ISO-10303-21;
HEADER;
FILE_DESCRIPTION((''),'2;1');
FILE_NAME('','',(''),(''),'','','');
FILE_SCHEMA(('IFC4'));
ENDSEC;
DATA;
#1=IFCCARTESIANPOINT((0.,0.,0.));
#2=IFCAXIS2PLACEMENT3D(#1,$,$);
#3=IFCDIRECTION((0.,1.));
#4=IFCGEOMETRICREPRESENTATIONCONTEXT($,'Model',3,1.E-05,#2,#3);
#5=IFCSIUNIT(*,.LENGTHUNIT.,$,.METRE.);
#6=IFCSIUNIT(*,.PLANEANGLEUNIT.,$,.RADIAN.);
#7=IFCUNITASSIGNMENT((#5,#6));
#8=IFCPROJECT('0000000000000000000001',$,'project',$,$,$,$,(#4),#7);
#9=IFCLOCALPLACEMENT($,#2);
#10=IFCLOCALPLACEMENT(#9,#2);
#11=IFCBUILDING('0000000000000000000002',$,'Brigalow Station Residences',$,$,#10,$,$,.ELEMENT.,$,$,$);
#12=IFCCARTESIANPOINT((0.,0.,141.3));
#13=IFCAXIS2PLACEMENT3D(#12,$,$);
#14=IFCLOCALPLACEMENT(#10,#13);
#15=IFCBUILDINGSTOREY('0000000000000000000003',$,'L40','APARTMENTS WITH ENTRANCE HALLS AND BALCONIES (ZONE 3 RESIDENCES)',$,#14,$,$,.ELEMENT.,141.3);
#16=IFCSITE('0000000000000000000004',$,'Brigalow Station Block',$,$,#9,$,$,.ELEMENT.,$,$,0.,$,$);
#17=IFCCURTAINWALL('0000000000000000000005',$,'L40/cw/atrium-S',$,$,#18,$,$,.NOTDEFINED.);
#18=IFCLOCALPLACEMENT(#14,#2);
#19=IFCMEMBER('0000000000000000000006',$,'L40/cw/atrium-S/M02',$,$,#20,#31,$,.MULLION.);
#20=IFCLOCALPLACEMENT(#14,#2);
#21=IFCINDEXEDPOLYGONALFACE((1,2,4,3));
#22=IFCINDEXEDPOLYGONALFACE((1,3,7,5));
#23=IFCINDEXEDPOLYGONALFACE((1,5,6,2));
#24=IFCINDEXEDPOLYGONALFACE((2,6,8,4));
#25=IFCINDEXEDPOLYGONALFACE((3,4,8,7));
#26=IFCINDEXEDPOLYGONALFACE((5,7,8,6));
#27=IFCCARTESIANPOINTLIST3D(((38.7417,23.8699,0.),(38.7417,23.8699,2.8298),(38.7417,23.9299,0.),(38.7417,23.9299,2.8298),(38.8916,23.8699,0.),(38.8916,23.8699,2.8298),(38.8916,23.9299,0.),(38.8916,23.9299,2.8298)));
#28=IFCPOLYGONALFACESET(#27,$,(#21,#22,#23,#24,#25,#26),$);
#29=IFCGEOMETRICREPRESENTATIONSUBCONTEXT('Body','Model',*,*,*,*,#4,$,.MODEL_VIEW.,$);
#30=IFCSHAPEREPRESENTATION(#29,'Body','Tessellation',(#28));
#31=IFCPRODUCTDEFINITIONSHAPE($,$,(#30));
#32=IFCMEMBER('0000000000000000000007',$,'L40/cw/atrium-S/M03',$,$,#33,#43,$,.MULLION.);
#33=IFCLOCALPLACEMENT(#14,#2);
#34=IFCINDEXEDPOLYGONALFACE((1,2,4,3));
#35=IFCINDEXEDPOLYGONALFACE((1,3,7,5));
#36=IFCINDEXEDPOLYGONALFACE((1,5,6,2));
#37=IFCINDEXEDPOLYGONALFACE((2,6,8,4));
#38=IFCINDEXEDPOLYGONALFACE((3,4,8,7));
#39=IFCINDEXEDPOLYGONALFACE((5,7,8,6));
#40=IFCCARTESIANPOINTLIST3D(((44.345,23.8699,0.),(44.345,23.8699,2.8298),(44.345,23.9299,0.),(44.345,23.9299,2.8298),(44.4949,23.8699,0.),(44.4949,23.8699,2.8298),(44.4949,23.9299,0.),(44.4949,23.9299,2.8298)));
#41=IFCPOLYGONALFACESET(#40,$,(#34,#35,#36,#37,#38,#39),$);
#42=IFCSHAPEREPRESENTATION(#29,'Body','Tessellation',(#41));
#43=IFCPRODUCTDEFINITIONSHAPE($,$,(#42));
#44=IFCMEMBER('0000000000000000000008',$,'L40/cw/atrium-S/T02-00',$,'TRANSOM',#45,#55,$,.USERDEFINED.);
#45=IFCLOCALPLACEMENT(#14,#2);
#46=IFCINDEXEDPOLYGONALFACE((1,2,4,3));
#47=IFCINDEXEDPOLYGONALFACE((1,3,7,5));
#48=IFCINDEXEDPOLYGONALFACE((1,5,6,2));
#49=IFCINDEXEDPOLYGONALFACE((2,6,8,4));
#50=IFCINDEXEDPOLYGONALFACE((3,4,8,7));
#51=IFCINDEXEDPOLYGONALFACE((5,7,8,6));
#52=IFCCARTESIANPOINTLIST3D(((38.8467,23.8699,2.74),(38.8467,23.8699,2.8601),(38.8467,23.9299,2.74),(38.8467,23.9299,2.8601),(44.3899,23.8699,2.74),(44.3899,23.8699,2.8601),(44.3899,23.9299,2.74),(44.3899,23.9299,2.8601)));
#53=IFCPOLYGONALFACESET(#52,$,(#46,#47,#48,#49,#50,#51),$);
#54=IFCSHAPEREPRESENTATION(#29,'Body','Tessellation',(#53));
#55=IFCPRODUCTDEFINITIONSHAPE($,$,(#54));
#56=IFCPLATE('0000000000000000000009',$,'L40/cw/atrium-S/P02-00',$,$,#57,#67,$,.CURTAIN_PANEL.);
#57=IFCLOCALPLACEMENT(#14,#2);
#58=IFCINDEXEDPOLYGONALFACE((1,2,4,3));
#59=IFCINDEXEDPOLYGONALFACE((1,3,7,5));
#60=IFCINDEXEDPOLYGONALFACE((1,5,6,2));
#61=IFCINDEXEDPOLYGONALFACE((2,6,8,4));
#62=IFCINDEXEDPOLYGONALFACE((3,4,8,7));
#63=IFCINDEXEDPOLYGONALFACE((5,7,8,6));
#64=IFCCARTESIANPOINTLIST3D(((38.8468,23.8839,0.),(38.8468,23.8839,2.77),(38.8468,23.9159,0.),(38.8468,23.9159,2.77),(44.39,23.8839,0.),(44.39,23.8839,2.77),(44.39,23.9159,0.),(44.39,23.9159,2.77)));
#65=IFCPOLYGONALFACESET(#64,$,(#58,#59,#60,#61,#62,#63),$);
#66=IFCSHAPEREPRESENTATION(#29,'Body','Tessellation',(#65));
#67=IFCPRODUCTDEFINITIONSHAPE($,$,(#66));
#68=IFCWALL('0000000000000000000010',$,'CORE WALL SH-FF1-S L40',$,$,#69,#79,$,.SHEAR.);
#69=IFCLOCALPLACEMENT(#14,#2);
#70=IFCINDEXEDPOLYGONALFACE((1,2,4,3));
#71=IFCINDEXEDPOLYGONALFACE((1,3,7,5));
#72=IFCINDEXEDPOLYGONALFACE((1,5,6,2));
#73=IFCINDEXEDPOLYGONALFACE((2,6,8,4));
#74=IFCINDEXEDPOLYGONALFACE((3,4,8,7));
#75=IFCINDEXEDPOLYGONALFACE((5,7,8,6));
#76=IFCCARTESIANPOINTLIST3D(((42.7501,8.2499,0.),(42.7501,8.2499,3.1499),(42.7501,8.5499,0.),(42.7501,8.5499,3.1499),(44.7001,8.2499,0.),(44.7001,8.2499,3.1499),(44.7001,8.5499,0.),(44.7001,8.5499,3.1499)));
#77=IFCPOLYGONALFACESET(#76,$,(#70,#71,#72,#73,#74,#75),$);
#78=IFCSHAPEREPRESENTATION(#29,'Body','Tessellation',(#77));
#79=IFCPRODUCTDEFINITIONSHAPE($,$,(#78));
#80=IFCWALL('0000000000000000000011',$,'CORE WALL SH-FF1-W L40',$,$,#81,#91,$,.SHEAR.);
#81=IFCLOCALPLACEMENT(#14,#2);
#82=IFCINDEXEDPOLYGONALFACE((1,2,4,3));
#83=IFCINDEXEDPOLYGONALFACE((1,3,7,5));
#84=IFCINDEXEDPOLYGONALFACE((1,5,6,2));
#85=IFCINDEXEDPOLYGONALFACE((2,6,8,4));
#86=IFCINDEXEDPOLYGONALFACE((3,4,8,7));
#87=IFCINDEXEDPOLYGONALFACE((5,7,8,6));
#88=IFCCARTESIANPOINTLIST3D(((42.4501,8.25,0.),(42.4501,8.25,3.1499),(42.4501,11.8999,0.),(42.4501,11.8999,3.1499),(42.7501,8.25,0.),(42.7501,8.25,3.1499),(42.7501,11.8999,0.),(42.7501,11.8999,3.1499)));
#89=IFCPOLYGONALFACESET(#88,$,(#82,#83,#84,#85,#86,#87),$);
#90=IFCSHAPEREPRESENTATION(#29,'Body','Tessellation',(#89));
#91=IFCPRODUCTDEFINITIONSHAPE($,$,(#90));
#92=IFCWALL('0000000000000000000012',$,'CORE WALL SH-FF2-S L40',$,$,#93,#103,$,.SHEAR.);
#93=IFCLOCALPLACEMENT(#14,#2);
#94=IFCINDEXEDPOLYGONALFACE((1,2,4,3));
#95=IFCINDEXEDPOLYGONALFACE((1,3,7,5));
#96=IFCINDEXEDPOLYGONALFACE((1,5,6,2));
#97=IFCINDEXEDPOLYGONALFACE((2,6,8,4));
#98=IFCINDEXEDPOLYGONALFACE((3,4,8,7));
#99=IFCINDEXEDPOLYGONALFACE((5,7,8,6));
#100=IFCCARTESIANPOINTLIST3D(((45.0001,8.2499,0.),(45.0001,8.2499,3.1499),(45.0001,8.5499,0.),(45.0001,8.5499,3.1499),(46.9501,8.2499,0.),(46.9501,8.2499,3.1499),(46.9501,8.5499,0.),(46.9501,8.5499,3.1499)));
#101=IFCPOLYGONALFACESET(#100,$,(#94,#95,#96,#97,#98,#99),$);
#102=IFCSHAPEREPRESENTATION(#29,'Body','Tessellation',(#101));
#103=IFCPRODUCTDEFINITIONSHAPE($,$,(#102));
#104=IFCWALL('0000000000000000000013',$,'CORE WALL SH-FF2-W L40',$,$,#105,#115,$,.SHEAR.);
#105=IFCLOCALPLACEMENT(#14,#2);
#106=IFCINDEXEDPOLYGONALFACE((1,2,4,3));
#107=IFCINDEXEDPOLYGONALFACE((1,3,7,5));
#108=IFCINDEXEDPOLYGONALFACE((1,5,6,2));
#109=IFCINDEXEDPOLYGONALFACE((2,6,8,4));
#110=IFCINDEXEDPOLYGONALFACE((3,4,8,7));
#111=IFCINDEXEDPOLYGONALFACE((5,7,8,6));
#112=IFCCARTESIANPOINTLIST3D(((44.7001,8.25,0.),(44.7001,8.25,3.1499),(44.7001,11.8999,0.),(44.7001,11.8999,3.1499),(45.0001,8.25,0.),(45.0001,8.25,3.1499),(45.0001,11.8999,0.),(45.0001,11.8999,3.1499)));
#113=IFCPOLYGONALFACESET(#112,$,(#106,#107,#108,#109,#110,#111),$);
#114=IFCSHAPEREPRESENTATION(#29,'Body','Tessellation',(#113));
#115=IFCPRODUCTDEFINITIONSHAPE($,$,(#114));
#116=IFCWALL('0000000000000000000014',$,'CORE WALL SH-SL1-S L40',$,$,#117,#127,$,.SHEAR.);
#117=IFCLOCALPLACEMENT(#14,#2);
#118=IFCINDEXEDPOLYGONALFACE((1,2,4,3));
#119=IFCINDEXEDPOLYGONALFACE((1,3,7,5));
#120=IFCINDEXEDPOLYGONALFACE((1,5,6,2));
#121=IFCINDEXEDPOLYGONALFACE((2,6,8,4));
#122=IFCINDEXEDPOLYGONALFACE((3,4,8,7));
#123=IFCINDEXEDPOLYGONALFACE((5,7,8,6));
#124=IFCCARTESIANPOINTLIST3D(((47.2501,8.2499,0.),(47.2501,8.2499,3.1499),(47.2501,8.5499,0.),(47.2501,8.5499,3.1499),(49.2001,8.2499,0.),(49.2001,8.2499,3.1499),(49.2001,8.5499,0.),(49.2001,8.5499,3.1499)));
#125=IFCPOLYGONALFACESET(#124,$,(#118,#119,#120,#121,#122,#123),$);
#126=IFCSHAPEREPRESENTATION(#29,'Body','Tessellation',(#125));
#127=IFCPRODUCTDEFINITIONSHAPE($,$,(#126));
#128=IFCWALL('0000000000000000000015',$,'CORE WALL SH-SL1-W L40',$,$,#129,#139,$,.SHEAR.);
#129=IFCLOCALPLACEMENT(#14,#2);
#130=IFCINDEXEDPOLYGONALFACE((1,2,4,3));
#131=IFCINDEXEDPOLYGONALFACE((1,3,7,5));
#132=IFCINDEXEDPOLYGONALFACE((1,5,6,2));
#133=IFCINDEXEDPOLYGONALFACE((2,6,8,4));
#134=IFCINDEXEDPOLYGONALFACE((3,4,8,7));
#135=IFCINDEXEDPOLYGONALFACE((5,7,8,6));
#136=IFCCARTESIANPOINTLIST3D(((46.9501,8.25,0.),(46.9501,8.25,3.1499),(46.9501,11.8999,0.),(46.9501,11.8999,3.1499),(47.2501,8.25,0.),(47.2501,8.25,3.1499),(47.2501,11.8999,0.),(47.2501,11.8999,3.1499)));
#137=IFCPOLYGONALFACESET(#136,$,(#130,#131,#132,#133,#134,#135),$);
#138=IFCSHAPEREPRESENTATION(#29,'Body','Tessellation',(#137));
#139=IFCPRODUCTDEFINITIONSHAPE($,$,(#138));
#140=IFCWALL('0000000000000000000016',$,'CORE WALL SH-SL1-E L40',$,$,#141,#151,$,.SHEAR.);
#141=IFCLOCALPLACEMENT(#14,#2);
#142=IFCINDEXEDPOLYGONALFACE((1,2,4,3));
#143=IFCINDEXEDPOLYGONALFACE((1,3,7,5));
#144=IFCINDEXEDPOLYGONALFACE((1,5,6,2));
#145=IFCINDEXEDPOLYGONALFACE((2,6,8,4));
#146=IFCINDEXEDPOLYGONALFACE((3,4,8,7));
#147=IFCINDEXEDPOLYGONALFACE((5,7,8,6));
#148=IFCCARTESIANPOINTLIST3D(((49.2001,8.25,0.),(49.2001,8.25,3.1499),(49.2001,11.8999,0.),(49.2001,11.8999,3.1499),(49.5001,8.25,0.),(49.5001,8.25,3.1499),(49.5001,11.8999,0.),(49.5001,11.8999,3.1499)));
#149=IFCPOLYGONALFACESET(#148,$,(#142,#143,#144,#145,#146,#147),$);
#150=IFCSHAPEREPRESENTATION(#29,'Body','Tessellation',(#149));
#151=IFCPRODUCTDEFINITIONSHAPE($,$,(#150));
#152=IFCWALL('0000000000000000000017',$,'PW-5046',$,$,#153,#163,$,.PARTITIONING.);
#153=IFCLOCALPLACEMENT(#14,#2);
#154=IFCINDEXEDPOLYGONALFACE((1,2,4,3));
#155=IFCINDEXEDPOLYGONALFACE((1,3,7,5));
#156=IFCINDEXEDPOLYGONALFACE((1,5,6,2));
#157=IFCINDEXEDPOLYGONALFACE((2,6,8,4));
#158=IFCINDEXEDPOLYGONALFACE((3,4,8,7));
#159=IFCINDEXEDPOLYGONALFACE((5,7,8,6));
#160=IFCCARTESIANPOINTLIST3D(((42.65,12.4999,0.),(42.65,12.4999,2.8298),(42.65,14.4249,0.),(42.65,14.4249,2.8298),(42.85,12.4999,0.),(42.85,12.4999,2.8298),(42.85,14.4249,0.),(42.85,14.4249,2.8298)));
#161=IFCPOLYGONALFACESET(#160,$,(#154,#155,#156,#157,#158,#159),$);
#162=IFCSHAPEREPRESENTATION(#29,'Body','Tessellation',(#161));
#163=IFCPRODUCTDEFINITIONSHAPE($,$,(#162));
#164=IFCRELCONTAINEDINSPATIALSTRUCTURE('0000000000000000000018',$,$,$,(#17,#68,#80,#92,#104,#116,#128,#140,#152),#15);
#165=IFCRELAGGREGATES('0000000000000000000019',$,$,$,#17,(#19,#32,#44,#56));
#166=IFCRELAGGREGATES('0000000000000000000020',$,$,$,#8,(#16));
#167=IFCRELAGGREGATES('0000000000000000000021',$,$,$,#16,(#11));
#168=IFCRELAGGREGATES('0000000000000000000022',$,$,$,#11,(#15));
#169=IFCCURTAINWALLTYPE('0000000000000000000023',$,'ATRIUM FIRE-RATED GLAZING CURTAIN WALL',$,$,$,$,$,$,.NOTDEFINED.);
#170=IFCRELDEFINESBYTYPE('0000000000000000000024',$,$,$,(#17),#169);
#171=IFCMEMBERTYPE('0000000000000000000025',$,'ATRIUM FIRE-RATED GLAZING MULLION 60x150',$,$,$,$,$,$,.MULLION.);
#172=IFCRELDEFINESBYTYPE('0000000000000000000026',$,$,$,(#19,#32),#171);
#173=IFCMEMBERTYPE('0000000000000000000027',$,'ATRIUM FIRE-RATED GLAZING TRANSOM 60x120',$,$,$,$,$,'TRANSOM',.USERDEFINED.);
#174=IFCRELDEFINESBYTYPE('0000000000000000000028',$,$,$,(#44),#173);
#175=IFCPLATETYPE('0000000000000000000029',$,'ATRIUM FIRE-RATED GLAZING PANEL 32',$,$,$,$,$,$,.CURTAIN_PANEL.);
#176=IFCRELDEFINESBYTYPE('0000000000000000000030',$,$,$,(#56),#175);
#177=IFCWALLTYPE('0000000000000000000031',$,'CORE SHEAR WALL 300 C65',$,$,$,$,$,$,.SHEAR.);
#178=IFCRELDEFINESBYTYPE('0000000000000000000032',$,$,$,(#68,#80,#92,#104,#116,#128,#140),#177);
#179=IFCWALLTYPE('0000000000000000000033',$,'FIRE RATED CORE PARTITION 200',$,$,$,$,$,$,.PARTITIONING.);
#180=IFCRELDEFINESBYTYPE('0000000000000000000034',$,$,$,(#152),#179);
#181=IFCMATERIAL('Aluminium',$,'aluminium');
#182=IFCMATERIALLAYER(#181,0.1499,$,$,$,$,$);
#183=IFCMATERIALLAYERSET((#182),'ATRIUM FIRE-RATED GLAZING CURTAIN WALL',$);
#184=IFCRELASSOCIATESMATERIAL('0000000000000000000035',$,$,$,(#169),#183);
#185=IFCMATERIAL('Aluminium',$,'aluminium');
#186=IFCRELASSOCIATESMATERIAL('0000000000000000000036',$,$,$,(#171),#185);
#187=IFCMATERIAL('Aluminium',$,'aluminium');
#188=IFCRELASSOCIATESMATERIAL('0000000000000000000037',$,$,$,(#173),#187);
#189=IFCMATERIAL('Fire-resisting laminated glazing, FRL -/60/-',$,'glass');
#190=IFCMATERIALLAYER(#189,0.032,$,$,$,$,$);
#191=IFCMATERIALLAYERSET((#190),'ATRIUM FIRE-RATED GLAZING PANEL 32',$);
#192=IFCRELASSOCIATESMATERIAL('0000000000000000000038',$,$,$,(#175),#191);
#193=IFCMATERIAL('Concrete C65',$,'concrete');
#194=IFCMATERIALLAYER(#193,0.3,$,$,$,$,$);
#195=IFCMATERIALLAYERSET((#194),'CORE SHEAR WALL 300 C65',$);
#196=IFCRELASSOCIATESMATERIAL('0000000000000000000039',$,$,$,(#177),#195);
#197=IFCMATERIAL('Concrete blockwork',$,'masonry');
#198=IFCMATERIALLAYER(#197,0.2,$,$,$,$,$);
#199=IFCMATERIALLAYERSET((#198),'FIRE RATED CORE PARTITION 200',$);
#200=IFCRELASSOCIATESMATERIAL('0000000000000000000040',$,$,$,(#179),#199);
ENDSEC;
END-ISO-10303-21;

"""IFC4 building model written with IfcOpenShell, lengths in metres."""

from ifc_helpers import new_model, si_unit, direction, frame, frame_2d, origin, origin_2d, place, context, subcontext, project, spatial, rectangle, extrude, material, layer, layer_set, material_profile, profile_set, type_object, element, aggregate, save


model = new_model("IFC4")

# Units and contexts
model_context = context("Model", 3, precision=1e-05, world=origin(), true_north=direction((0.0, 1.0)))
body_context = subcontext(model_context, "Body", "Model", "MODEL_VIEW")
ifc_project = project(units=[si_unit("LENGTHUNIT", "METRE"), si_unit("PLANEANGLEUNIT", "RADIAN")], contexts=[model_context])

# Site, building, storey
site_placement = place(None, origin())
site = spatial("IfcSite", under=ifc_project, at=site_placement, Name="Brigalow Station Block", CompositionType="ELEMENT", RefElevation=0.0)
building_placement = place(site_placement, origin())
building = spatial("IfcBuilding", under=site, at=building_placement, Name="Brigalow Station Residences", CompositionType="ELEMENT")
storey_placement = place(building_placement, frame((0.0, 0.0, 141.3)))
storey = spatial("IfcBuildingStorey", under=building, at=storey_placement, Name="L40", Description="APARTMENTS WITH ENTRANCE HALLS AND BALCONIES (ZONE 3 RESIDENCES)", CompositionType="ELEMENT", Elevation=141.3)

# Curtain wall, members, plate
ifc_material_1 = material(Name="Aluminium", Category="aluminium")
ifc_layer_1 = layer(ifc_material_1, 0.1499)
ifc_layer_set_1 = layer_set([ifc_layer_1], Name="ATRIUM FIRE-RATED GLAZING CURTAIN WALL")
curtain_wall_type = type_object("IfcCurtainWallType", Name="ATRIUM FIRE-RATED GLAZING CURTAIN WALL", PredefinedType="NOTDEFINED", material=ifc_layer_set_1)
curtain_wall_placement = place(storey_placement, origin())
curtain_wall = element("IfcCurtainWall", 1, at=curtain_wall_placement, inside=storey, type_object=curtain_wall_type, Name="L40/cw/atrium-S", PredefinedType="NOTDEFINED")
ifc_material_2 = material(Name="Aluminium", Category="aluminium")
ifc_material_profile_1 = material_profile(ifc_material_2, rectangle(XDim=0.0601, YDim=0.1499, at=origin_2d()), Name="ATRIUM FIRE-RATED GLAZING MULLION 60x150")
ifc_profile_set_1 = profile_set([ifc_material_profile_1], Name="Aluminium")
member_type_1 = type_object("IfcMemberType", Name="ATRIUM FIRE-RATED GLAZING MULLION 60x150", PredefinedType="MULLION", material=ifc_profile_set_1)
member_1_placement = place(storey_placement, frame((38.8167, 23.8999, 0.0), z_axis=(0.0, 0.0, 1.0), x_axis=(0.0, 1.0, 0.0)))
member_1 = element("IfcMember", 2, at=member_1_placement, type_object=member_type_1, Name="L40/cw/atrium-S/M02", PredefinedType="MULLION", context=body_context, shape_type="SweptSolid", body=[
    extrude(rectangle(XDim=0.0601, YDim=0.1499, at=origin_2d()), origin(), (0.0, 0.0, 1.0), 2.8298),
])
member_2_placement = place(storey_placement, frame((44.4199, 23.8999, 0.0), z_axis=(0.0, 0.0, 1.0), x_axis=(0.0, 1.0, 0.0)))
member_2 = element("IfcMember", 3, at=member_2_placement, type_object=member_type_1, Name="L40/cw/atrium-S/M03", PredefinedType="MULLION", context=body_context, shape_type="SweptSolid", body=[
    extrude(rectangle(XDim=0.0601, YDim=0.1499, at=origin_2d()), origin(), (0.0, 0.0, 1.0), 2.8298),
])
ifc_material_3 = material(Name="Aluminium", Category="aluminium")
ifc_material_profile_2 = material_profile(ifc_material_3, rectangle(XDim=0.0601, YDim=0.1201, at=origin_2d()), Name="ATRIUM FIRE-RATED GLAZING TRANSOM 60x120")
ifc_profile_set_2 = profile_set([ifc_material_profile_2], Name="Aluminium")
member_type_2 = type_object("IfcMemberType", Name="ATRIUM FIRE-RATED GLAZING TRANSOM 60x120", ElementType="TRANSOM", PredefinedType="USERDEFINED", material=ifc_profile_set_2)
member_3_placement = place(storey_placement, frame((38.8467, 23.8999, 2.8), z_axis=(1.0, 0.0, 0.0), x_axis=(0.0, 1.0, 0.0)))
member_3 = element("IfcMember", 4, at=member_3_placement, type_object=member_type_2, Name="L40/cw/atrium-S/T02-00", ObjectType="TRANSOM", PredefinedType="USERDEFINED", context=body_context, shape_type="SweptSolid", body=[
    extrude(rectangle(XDim=0.0601, YDim=0.1201, at=origin_2d()), origin(), (0.0, 0.0, 1.0), 5.5432),
])
ifc_material_4 = material(Name="Fire-resisting laminated glazing, FRL -/60/-", Category="glass")
ifc_layer_2 = layer(ifc_material_4, 0.032)
ifc_layer_set_2 = layer_set([ifc_layer_2], Name="ATRIUM FIRE-RATED GLAZING PANEL 32")
plate_type = type_object("IfcPlateType", Name="ATRIUM FIRE-RATED GLAZING PANEL 32", PredefinedType="CURTAIN_PANEL", material=ifc_layer_set_2)
plate_placement = place(storey_placement, frame((41.6184, 23.8999, 0.0), z_axis=(0.0, 0.0, 1.0), x_axis=(1.0, 0.0, 0.0)))
plate = element("IfcPlate", 5, at=plate_placement, type_object=plate_type, Name="L40/cw/atrium-S/P02-00", PredefinedType="CURTAIN_PANEL", context=body_context, shape_type="SweptSolid", body=[
    extrude(rectangle(XDim=5.5432, YDim=0.032, at=origin_2d()), origin(), (0.0, 0.0, 1.0), 2.77),
])
aggregate(curtain_wall, [member_1, member_2, member_3, plate])

# Walls
ifc_material_5 = material(Name="Concrete C65", Category="concrete")
ifc_layer_3 = layer(ifc_material_5, 0.3)
ifc_layer_set_3 = layer_set([ifc_layer_3], Name="CORE SHEAR WALL 300 C65")
wall_type_1 = type_object("IfcWallType", Name="CORE SHEAR WALL 300 C65", PredefinedType="SHEAR", material=ifc_layer_set_3)
wall_1_placement = place(storey_placement, frame((42.75, 8.3999, 0.0), z_axis=(0.0, 0.0, 1.0), x_axis=(1.0, 0.0, 0.0)))
element("IfcWall", 6, at=wall_1_placement, inside=storey, type_object=wall_type_1, Name="CORE WALL SH-FF1-S L40", PredefinedType="SHEAR", context=body_context, shape_type="SweptSolid", body=[
    extrude(rectangle(XDim=1.95, YDim=0.3, at=frame_2d((0.9751, 0.0))), origin(), (0.0, 0.0, 1.0), 3.1499),
])
wall_2_placement = place(storey_placement, frame((42.6001, 8.25, 0.0), z_axis=(0.0, 0.0, 1.0), x_axis=(0.0, 1.0, 0.0)))
element("IfcWall", 7, at=wall_2_placement, inside=storey, type_object=wall_type_1, Name="CORE WALL SH-FF1-W L40", PredefinedType="SHEAR", context=body_context, shape_type="SweptSolid", body=[
    extrude(rectangle(XDim=3.6499, YDim=0.3, at=frame_2d((1.825, 0.0))), origin(), (0.0, 0.0, 1.0), 3.1499),
])
wall_3_placement = place(storey_placement, frame((45.0, 8.3999, 0.0), z_axis=(0.0, 0.0, 1.0), x_axis=(1.0, 0.0, 0.0)))
element("IfcWall", 8, at=wall_3_placement, inside=storey, type_object=wall_type_1, Name="CORE WALL SH-FF2-S L40", PredefinedType="SHEAR", context=body_context, shape_type="SweptSolid", body=[
    extrude(rectangle(XDim=1.95, YDim=0.3, at=frame_2d((0.9751, 0.0))), origin(), (0.0, 0.0, 1.0), 3.1499),
])
wall_4_placement = place(storey_placement, frame((44.8501, 8.25, 0.0), z_axis=(0.0, 0.0, 1.0), x_axis=(0.0, 1.0, 0.0)))
element("IfcWall", 9, at=wall_4_placement, inside=storey, type_object=wall_type_1, Name="CORE WALL SH-FF2-W L40", PredefinedType="SHEAR", context=body_context, shape_type="SweptSolid", body=[
    extrude(rectangle(XDim=3.6499, YDim=0.3, at=frame_2d((1.825, 0.0))), origin(), (0.0, 0.0, 1.0), 3.1499),
])
wall_5_placement = place(storey_placement, frame((47.25, 8.3999, 0.0), z_axis=(0.0, 0.0, 1.0), x_axis=(1.0, 0.0, 0.0)))
element("IfcWall", 10, at=wall_5_placement, inside=storey, type_object=wall_type_1, Name="CORE WALL SH-SL1-S L40", PredefinedType="SHEAR", context=body_context, shape_type="SweptSolid", body=[
    extrude(rectangle(XDim=1.95, YDim=0.3, at=frame_2d((0.9751, 0.0))), origin(), (0.0, 0.0, 1.0), 3.1499),
])
for number, where, z_axis, x_axis, name in (
    (11, (47.1001, 8.25, 0.0), (0.0, 0.0, 1.0), (0.0, 1.0, 0.0), "CORE WALL SH-SL1-W L40"),
    (12, (49.3501, 8.25, 0.0), (0.0, 0.0, 1.0), (0.0, 1.0, 0.0), "CORE WALL SH-SL1-E L40"),
):
    element("IfcWall", number, at=place(storey_placement, frame(where, z_axis=z_axis, x_axis=x_axis)), inside=storey, type_object=wall_type_1, Name=name, PredefinedType="SHEAR", context=body_context, shape_type="SweptSolid", body=[
        extrude(rectangle(XDim=3.6499, YDim=0.3, at=frame_2d((1.825, 0.0))), origin(), (0.0, 0.0, 1.0), 3.1499),
    ])
ifc_material_6 = material(Name="Concrete blockwork", Category="masonry")
ifc_layer_4 = layer(ifc_material_6, 0.2)
ifc_layer_set_4 = layer_set([ifc_layer_4], Name="FIRE RATED CORE PARTITION 200")
wall_type_2 = type_object("IfcWallType", Name="FIRE RATED CORE PARTITION 200", PredefinedType="PARTITIONING", material=ifc_layer_set_4)
wall_6_placement = place(storey_placement, frame((42.75, 12.5, 0.0), z_axis=(0.0, 0.0, 1.0), x_axis=(0.0, 1.0, 0.0)))
element("IfcWall", 13, at=wall_6_placement, inside=storey, type_object=wall_type_2, Name="PW-5046", PredefinedType="PARTITIONING", context=body_context, shape_type="SweptSolid", body=[
    extrude(rectangle(XDim=1.925, YDim=0.2, at=frame_2d((0.9624, 0.0))), origin(), (0.0, 0.0, 1.0), 2.8298),
])

save(model, "model.ifc")
